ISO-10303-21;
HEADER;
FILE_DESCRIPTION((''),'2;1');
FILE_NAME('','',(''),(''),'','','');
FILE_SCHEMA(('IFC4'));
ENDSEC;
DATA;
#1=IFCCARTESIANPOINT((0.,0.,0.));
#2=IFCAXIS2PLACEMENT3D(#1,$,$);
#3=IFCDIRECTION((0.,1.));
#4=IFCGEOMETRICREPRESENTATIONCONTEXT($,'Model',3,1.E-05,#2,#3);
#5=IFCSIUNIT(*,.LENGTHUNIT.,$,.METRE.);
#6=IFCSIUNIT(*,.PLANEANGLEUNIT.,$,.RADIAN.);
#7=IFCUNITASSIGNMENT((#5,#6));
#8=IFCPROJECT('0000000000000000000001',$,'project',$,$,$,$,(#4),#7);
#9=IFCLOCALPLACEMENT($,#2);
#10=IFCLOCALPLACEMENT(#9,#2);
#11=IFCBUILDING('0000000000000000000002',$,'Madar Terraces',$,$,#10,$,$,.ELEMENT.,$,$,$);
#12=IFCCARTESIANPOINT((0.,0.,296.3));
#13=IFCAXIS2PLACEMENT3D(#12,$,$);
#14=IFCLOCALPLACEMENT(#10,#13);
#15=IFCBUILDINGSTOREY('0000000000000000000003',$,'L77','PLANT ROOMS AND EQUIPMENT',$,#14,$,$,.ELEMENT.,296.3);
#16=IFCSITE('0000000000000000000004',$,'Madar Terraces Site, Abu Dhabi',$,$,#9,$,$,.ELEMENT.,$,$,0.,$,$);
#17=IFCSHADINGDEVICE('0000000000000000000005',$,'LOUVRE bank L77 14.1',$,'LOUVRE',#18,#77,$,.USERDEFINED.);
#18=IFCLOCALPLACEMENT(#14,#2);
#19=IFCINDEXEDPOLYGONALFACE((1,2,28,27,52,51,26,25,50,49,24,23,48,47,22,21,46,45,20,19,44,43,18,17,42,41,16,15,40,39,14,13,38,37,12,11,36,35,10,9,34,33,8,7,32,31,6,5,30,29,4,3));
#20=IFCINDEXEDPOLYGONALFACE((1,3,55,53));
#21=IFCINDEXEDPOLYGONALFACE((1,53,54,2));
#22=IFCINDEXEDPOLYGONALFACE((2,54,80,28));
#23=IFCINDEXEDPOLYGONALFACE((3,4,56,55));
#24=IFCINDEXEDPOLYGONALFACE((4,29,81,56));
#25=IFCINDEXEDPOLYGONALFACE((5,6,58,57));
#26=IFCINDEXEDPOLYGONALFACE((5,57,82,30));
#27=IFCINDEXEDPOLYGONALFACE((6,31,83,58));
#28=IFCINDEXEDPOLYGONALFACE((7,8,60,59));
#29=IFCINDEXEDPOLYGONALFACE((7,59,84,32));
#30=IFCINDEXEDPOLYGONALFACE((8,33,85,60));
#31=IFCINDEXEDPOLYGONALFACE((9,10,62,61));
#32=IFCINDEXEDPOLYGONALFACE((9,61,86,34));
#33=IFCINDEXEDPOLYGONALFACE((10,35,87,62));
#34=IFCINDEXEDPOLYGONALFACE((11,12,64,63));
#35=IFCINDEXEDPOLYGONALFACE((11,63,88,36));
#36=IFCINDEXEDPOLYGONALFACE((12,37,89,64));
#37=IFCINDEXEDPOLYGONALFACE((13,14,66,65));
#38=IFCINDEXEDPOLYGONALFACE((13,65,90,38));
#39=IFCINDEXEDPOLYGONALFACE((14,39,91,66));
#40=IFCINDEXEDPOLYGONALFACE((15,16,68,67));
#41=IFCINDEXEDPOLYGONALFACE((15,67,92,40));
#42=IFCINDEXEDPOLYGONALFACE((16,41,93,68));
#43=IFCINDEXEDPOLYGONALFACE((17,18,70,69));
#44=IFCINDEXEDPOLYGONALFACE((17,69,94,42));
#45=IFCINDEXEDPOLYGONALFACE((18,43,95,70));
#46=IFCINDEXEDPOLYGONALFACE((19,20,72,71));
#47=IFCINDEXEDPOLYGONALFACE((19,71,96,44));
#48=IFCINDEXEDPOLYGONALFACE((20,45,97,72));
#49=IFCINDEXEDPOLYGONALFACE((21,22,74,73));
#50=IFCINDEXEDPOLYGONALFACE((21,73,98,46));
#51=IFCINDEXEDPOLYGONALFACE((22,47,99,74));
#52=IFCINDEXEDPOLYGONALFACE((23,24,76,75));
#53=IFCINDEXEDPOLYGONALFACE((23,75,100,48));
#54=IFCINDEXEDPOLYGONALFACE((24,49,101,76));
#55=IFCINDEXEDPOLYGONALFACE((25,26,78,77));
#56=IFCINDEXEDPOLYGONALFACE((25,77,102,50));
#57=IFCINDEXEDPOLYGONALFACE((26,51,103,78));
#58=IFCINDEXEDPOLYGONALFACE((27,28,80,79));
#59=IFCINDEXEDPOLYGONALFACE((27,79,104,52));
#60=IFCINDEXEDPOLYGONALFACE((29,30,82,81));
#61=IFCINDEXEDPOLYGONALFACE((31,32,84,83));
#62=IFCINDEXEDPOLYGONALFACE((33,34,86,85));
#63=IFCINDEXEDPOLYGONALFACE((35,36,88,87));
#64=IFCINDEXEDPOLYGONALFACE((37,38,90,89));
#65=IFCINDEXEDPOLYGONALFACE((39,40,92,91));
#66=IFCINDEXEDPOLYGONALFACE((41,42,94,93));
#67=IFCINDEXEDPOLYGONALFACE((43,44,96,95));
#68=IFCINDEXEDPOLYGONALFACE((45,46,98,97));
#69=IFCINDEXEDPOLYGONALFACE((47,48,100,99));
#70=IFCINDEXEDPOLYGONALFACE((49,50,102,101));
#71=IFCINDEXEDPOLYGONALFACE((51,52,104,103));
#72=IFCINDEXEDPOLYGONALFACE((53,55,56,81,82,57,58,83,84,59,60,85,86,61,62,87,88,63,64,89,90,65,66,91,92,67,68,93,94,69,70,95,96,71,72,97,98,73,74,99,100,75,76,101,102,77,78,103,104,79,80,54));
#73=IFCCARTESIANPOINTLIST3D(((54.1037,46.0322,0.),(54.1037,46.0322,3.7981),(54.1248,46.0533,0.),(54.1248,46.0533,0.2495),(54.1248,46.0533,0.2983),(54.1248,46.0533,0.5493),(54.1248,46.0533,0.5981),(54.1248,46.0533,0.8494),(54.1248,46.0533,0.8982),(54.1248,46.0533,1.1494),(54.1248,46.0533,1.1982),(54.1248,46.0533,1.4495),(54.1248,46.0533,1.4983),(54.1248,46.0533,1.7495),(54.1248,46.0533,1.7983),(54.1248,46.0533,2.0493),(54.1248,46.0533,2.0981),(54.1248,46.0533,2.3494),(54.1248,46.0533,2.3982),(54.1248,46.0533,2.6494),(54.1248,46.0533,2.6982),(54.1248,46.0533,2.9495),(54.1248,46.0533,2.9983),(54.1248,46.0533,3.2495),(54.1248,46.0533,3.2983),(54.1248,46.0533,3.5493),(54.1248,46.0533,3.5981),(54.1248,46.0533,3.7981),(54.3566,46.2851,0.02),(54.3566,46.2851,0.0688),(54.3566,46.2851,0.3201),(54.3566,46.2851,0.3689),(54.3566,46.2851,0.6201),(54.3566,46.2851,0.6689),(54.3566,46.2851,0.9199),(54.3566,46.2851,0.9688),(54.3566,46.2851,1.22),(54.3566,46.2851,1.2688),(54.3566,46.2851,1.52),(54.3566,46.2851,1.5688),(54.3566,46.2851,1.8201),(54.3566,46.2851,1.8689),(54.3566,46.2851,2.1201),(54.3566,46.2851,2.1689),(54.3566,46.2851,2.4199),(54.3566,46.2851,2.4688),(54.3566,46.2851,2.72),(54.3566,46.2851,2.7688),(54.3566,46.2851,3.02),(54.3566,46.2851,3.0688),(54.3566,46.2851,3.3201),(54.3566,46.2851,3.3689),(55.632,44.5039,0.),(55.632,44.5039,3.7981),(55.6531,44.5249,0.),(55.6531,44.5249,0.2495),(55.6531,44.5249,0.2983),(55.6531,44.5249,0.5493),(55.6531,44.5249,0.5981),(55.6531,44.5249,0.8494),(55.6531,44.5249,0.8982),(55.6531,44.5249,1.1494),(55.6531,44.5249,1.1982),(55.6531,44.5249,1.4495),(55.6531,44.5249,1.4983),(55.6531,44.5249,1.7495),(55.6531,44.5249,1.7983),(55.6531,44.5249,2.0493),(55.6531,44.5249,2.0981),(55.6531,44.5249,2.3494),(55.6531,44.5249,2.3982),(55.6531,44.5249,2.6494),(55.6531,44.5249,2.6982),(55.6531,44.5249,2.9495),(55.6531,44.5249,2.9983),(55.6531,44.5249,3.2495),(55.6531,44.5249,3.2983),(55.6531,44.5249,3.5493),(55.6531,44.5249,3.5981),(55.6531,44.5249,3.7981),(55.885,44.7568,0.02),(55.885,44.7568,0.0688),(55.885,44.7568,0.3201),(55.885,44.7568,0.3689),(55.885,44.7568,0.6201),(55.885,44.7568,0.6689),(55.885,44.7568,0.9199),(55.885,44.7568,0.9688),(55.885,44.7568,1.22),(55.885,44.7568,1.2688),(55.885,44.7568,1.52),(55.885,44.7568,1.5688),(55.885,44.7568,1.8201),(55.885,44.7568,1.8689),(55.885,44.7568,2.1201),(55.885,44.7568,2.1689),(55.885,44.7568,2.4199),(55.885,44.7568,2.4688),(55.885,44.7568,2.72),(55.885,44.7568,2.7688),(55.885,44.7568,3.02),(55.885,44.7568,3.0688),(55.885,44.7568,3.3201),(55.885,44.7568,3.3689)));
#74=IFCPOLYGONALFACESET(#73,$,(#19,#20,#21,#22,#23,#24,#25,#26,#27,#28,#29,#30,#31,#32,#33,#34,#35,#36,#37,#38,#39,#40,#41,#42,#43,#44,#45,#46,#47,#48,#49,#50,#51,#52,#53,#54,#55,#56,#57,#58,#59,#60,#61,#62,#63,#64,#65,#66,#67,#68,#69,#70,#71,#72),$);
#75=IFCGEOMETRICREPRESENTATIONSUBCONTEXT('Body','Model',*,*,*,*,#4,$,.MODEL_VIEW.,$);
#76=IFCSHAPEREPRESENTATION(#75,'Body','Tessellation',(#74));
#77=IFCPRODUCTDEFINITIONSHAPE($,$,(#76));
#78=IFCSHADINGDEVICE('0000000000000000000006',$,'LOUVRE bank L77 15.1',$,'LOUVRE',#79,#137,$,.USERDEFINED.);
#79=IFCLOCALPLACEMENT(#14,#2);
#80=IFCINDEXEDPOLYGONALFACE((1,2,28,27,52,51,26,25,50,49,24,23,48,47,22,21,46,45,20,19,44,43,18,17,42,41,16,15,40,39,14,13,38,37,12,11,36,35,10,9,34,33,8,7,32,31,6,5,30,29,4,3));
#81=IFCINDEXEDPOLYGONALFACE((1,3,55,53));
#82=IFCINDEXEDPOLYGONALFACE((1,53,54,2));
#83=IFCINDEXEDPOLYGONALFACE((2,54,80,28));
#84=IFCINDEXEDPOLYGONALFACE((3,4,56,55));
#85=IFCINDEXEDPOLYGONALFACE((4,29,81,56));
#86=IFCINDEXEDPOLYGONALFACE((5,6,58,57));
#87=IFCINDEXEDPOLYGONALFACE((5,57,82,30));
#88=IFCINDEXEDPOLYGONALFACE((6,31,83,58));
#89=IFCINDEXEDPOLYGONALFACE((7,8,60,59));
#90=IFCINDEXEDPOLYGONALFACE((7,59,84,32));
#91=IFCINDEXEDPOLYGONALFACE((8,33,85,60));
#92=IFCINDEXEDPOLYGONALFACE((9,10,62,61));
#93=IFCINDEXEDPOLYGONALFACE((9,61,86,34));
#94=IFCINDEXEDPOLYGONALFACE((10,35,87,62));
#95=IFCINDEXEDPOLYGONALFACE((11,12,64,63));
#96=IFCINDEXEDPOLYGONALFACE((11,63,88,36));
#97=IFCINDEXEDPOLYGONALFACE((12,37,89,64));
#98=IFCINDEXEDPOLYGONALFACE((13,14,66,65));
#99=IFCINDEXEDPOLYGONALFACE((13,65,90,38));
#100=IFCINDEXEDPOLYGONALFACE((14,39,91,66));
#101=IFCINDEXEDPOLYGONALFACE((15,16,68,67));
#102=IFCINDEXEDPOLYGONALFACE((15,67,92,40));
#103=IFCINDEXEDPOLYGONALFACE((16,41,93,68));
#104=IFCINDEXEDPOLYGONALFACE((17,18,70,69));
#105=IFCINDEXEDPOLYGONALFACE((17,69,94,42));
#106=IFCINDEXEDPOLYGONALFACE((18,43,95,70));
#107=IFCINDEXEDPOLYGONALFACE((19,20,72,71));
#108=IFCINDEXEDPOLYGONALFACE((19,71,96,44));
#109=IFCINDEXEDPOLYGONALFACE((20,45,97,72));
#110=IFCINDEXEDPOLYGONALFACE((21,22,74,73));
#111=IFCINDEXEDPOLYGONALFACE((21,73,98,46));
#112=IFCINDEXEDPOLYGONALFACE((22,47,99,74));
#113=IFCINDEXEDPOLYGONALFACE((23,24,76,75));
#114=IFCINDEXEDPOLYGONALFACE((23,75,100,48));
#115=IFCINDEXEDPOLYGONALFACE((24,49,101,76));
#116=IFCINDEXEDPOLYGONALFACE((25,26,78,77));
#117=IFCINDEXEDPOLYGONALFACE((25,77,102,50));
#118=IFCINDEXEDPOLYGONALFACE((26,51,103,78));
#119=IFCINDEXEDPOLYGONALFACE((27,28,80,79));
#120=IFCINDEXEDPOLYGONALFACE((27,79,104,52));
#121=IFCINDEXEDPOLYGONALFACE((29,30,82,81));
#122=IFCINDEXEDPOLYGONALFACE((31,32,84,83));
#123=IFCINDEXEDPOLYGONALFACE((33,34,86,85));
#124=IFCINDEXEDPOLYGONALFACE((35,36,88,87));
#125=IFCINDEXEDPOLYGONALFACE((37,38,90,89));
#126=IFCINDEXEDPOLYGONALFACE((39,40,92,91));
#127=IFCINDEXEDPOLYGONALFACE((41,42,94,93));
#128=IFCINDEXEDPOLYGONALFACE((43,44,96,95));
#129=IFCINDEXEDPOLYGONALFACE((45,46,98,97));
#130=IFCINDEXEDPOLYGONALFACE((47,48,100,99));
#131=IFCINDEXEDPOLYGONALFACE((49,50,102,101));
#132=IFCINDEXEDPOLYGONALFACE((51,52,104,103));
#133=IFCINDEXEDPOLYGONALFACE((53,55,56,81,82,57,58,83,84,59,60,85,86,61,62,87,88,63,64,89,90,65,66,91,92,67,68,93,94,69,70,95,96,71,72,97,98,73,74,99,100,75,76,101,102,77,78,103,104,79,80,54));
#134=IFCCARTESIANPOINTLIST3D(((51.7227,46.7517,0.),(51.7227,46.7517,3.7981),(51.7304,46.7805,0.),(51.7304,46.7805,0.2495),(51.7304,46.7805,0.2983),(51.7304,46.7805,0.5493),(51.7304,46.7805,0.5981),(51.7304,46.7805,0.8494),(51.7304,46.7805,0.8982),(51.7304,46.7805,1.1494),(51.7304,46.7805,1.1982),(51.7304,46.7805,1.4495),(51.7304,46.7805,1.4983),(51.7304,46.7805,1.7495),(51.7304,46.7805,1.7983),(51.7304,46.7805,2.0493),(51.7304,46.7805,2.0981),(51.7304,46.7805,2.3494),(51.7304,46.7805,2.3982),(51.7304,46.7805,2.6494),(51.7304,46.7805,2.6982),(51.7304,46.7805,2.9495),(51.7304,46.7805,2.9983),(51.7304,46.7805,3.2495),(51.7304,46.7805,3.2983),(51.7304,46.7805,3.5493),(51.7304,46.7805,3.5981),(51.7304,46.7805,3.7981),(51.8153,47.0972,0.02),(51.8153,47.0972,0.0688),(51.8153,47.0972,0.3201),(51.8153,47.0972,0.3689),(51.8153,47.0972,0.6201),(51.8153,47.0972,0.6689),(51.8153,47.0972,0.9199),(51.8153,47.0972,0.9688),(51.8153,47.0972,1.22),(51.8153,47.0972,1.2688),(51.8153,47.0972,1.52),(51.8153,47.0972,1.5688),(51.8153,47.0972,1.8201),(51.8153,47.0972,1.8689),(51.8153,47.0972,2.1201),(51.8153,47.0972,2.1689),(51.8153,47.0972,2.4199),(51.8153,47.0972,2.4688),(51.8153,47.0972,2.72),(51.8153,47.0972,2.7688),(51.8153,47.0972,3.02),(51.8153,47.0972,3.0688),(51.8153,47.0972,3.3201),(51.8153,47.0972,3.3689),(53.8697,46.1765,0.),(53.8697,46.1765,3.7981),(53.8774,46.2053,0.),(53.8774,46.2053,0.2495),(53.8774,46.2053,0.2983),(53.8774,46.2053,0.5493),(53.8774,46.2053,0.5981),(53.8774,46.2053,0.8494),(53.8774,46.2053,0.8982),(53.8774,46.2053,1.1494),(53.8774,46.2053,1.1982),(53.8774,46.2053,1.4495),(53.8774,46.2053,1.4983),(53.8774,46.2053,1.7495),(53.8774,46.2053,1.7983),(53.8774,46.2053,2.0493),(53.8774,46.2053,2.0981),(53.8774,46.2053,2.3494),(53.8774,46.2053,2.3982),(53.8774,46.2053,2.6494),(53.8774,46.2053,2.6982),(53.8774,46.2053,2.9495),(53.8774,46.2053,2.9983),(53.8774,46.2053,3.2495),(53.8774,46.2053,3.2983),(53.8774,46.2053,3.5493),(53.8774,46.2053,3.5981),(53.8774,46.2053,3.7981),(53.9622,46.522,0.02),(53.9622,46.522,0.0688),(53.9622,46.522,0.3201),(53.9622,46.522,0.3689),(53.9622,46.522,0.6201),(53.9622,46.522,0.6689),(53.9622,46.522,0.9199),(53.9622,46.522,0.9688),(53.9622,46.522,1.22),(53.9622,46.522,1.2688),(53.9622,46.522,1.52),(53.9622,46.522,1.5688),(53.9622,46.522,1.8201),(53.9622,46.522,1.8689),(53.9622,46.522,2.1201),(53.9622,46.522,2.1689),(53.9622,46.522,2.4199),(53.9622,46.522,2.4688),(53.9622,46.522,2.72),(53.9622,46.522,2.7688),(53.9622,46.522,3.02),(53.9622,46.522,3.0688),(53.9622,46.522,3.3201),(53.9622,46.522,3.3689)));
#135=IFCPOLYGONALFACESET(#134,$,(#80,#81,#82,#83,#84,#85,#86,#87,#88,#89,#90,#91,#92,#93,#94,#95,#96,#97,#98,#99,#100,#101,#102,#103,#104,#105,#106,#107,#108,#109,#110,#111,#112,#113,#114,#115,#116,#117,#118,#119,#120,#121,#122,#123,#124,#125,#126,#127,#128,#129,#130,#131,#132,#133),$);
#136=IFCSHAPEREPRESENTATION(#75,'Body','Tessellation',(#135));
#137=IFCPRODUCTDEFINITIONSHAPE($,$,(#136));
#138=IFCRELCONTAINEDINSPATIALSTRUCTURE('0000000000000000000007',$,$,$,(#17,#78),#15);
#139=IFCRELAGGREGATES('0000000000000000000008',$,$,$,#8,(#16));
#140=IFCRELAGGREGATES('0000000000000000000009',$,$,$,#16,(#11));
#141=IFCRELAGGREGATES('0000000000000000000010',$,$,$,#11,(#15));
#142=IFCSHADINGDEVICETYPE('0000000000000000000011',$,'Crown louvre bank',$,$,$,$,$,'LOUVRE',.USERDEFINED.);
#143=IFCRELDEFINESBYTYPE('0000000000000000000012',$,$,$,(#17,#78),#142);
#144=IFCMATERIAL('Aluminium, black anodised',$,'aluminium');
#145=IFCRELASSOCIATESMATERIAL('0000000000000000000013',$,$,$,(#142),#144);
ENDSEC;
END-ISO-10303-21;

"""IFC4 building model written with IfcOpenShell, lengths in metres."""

from ifc_helpers import new_model, si_unit, direction, frame, origin, place, context, subcontext, project, spatial, polyline, outline, extrude, material, type_object, element, save


model = new_model("IFC4")

# Units and contexts
model_context = context("Model", 3, precision=1e-05, world=origin(), true_north=direction((0.0, 1.0)))
body_context = subcontext(model_context, "Body", "Model", "MODEL_VIEW")
ifc_project = project(units=[si_unit("LENGTHUNIT", "METRE"), si_unit("PLANEANGLEUNIT", "RADIAN")], contexts=[model_context])

# Site, building, storey
site_placement = place(None, origin())
site = spatial("IfcSite", under=ifc_project, at=site_placement, Name="Madar Terraces Site, Abu Dhabi", CompositionType="ELEMENT", RefElevation=0.0)
building_placement = place(site_placement, origin())
building = spatial("IfcBuilding", under=site, at=building_placement, Name="Madar Terraces", CompositionType="ELEMENT")
storey_placement = place(building_placement, frame((0.0, 0.0, 296.3)))
storey = spatial("IfcBuildingStorey", under=building, at=storey_placement, Name="L77", Description="PLANT ROOMS AND EQUIPMENT", CompositionType="ELEMENT", Elevation=296.3)

# Shading devices
ifc_material_1 = material(Name="Aluminium, black anodised", Category="aluminium")
shading_device_type = type_object("IfcShadingDeviceType", Name="Crown louvre bank", ElementType="LOUVRE", PredefinedType="USERDEFINED", material=ifc_material_1)
shading_device_1_placement = place(storey_placement, frame((55.6426, 44.5144, 0.0), z_axis=(-0.707107, 0.707107, 0.0), x_axis=(-0.707107, -0.707107, 0.0)))
element("IfcShadingDevice", 1, at=shading_device_1_placement, inside=storey, type_object=shading_device_type, Name="LOUVRE bank L77 14.1", ObjectType="LOUVRE", PredefinedType="USERDEFINED", context=body_context, shape_type="SweptSolid", body=[
    extrude(outline(polyline([(0.0149, 0.0), (-0.0149, 0.0), (-0.0149, 0.2495), (-0.3428, 0.02), (-0.3428, 0.0688), (-0.0149, 0.2983), (-0.0149, 0.5493), (-0.3428, 0.3201), (-0.3428, 0.3689), (-0.0149, 0.5981), (-0.0149, 0.8494), (-0.3428, 0.6201), (-0.3428, 0.6689), (-0.0149, 0.8982), (-0.0149, 1.1494), (-0.3428, 0.9199), (-0.3428, 0.9688), (-0.0149, 1.1982), (-0.0149, 1.4495), (-0.3428, 1.22), (-0.3428, 1.2688), (-0.0149, 1.4983), (-0.0149, 1.7495), (-0.3428, 1.52), (-0.3428, 1.5688), (-0.0149, 1.7983), (-0.0149, 2.0493), (-0.3428, 1.8201), (-0.3428, 1.8689), (-0.0149, 2.0981), (-0.0149, 2.3494), (-0.3428, 2.1201), (-0.3428, 2.1689), (-0.0149, 2.3982), (-0.0149, 2.6494), (-0.3428, 2.4199), (-0.3428, 2.4688), (-0.0149, 2.6982), (-0.0149, 2.9495), (-0.3428, 2.72), (-0.3428, 2.7688), (-0.0149, 2.9983), (-0.0149, 3.2495), (-0.3428, 3.02), (-0.3428, 3.0688), (-0.0149, 3.2983), (-0.0149, 3.5493), (-0.3428, 3.3201), (-0.3428, 3.3689), (-0.0149, 3.5981), (-0.0149, 3.7981), (0.0149, 3.7981), (0.0149, 0.0)])), origin(), (0.0, 0.0, 1.0), 2.1614),
])
shading_device_2_placement = place(storey_placement, frame((53.8735, 46.1909, 0.0), z_axis=(-0.965935, 0.258784, 0.0), x_axis=(-0.258784, -0.965935, 0.0)))
element("IfcShadingDevice", 2, at=shading_device_2_placement, inside=storey, type_object=shading_device_type, Name="LOUVRE bank L77 15.1", ObjectType="LOUVRE", PredefinedType="USERDEFINED", context=body_context, shape_type="SweptSolid", body=[
    extrude(outline(polyline([(0.0149, 0.0), (-0.0149, 0.0), (-0.0149, 0.2495), (-0.3428, 0.02), (-0.3428, 0.0688), (-0.0149, 0.2983), (-0.0149, 0.5493), (-0.3428, 0.3201), (-0.3428, 0.3689), (-0.0149, 0.5981), (-0.0149, 0.8494), (-0.3428, 0.6201), (-0.3428, 0.6689), (-0.0149, 0.8982), (-0.0149, 1.1494), (-0.3428, 0.9199), (-0.3428, 0.9688), (-0.0149, 1.1982), (-0.0149, 1.4495), (-0.3428, 1.22), (-0.3428, 1.2688), (-0.0149, 1.4983), (-0.0149, 1.7495), (-0.3428, 1.52), (-0.3428, 1.5688), (-0.0149, 1.7983), (-0.0149, 2.0493), (-0.3428, 1.8201), (-0.3428, 1.8689), (-0.0149, 2.0981), (-0.0149, 2.3494), (-0.3428, 2.1201), (-0.3428, 2.1689), (-0.0149, 2.3982), (-0.0149, 2.6494), (-0.3428, 2.4199), (-0.3428, 2.4688), (-0.0149, 2.6982), (-0.0149, 2.9495), (-0.3428, 2.72), (-0.3428, 2.7688), (-0.0149, 2.9983), (-0.0149, 3.2495), (-0.3428, 3.02), (-0.3428, 3.0688), (-0.0149, 3.2983), (-0.0149, 3.5493), (-0.3428, 3.3201), (-0.3428, 3.3689), (-0.0149, 3.5981), (-0.0149, 3.7981), (0.0149, 3.7981), (0.0149, 0.0)])), origin(), (0.0, 0.0, 1.0), 2.2227),
])

save(model, "model.ifc")
